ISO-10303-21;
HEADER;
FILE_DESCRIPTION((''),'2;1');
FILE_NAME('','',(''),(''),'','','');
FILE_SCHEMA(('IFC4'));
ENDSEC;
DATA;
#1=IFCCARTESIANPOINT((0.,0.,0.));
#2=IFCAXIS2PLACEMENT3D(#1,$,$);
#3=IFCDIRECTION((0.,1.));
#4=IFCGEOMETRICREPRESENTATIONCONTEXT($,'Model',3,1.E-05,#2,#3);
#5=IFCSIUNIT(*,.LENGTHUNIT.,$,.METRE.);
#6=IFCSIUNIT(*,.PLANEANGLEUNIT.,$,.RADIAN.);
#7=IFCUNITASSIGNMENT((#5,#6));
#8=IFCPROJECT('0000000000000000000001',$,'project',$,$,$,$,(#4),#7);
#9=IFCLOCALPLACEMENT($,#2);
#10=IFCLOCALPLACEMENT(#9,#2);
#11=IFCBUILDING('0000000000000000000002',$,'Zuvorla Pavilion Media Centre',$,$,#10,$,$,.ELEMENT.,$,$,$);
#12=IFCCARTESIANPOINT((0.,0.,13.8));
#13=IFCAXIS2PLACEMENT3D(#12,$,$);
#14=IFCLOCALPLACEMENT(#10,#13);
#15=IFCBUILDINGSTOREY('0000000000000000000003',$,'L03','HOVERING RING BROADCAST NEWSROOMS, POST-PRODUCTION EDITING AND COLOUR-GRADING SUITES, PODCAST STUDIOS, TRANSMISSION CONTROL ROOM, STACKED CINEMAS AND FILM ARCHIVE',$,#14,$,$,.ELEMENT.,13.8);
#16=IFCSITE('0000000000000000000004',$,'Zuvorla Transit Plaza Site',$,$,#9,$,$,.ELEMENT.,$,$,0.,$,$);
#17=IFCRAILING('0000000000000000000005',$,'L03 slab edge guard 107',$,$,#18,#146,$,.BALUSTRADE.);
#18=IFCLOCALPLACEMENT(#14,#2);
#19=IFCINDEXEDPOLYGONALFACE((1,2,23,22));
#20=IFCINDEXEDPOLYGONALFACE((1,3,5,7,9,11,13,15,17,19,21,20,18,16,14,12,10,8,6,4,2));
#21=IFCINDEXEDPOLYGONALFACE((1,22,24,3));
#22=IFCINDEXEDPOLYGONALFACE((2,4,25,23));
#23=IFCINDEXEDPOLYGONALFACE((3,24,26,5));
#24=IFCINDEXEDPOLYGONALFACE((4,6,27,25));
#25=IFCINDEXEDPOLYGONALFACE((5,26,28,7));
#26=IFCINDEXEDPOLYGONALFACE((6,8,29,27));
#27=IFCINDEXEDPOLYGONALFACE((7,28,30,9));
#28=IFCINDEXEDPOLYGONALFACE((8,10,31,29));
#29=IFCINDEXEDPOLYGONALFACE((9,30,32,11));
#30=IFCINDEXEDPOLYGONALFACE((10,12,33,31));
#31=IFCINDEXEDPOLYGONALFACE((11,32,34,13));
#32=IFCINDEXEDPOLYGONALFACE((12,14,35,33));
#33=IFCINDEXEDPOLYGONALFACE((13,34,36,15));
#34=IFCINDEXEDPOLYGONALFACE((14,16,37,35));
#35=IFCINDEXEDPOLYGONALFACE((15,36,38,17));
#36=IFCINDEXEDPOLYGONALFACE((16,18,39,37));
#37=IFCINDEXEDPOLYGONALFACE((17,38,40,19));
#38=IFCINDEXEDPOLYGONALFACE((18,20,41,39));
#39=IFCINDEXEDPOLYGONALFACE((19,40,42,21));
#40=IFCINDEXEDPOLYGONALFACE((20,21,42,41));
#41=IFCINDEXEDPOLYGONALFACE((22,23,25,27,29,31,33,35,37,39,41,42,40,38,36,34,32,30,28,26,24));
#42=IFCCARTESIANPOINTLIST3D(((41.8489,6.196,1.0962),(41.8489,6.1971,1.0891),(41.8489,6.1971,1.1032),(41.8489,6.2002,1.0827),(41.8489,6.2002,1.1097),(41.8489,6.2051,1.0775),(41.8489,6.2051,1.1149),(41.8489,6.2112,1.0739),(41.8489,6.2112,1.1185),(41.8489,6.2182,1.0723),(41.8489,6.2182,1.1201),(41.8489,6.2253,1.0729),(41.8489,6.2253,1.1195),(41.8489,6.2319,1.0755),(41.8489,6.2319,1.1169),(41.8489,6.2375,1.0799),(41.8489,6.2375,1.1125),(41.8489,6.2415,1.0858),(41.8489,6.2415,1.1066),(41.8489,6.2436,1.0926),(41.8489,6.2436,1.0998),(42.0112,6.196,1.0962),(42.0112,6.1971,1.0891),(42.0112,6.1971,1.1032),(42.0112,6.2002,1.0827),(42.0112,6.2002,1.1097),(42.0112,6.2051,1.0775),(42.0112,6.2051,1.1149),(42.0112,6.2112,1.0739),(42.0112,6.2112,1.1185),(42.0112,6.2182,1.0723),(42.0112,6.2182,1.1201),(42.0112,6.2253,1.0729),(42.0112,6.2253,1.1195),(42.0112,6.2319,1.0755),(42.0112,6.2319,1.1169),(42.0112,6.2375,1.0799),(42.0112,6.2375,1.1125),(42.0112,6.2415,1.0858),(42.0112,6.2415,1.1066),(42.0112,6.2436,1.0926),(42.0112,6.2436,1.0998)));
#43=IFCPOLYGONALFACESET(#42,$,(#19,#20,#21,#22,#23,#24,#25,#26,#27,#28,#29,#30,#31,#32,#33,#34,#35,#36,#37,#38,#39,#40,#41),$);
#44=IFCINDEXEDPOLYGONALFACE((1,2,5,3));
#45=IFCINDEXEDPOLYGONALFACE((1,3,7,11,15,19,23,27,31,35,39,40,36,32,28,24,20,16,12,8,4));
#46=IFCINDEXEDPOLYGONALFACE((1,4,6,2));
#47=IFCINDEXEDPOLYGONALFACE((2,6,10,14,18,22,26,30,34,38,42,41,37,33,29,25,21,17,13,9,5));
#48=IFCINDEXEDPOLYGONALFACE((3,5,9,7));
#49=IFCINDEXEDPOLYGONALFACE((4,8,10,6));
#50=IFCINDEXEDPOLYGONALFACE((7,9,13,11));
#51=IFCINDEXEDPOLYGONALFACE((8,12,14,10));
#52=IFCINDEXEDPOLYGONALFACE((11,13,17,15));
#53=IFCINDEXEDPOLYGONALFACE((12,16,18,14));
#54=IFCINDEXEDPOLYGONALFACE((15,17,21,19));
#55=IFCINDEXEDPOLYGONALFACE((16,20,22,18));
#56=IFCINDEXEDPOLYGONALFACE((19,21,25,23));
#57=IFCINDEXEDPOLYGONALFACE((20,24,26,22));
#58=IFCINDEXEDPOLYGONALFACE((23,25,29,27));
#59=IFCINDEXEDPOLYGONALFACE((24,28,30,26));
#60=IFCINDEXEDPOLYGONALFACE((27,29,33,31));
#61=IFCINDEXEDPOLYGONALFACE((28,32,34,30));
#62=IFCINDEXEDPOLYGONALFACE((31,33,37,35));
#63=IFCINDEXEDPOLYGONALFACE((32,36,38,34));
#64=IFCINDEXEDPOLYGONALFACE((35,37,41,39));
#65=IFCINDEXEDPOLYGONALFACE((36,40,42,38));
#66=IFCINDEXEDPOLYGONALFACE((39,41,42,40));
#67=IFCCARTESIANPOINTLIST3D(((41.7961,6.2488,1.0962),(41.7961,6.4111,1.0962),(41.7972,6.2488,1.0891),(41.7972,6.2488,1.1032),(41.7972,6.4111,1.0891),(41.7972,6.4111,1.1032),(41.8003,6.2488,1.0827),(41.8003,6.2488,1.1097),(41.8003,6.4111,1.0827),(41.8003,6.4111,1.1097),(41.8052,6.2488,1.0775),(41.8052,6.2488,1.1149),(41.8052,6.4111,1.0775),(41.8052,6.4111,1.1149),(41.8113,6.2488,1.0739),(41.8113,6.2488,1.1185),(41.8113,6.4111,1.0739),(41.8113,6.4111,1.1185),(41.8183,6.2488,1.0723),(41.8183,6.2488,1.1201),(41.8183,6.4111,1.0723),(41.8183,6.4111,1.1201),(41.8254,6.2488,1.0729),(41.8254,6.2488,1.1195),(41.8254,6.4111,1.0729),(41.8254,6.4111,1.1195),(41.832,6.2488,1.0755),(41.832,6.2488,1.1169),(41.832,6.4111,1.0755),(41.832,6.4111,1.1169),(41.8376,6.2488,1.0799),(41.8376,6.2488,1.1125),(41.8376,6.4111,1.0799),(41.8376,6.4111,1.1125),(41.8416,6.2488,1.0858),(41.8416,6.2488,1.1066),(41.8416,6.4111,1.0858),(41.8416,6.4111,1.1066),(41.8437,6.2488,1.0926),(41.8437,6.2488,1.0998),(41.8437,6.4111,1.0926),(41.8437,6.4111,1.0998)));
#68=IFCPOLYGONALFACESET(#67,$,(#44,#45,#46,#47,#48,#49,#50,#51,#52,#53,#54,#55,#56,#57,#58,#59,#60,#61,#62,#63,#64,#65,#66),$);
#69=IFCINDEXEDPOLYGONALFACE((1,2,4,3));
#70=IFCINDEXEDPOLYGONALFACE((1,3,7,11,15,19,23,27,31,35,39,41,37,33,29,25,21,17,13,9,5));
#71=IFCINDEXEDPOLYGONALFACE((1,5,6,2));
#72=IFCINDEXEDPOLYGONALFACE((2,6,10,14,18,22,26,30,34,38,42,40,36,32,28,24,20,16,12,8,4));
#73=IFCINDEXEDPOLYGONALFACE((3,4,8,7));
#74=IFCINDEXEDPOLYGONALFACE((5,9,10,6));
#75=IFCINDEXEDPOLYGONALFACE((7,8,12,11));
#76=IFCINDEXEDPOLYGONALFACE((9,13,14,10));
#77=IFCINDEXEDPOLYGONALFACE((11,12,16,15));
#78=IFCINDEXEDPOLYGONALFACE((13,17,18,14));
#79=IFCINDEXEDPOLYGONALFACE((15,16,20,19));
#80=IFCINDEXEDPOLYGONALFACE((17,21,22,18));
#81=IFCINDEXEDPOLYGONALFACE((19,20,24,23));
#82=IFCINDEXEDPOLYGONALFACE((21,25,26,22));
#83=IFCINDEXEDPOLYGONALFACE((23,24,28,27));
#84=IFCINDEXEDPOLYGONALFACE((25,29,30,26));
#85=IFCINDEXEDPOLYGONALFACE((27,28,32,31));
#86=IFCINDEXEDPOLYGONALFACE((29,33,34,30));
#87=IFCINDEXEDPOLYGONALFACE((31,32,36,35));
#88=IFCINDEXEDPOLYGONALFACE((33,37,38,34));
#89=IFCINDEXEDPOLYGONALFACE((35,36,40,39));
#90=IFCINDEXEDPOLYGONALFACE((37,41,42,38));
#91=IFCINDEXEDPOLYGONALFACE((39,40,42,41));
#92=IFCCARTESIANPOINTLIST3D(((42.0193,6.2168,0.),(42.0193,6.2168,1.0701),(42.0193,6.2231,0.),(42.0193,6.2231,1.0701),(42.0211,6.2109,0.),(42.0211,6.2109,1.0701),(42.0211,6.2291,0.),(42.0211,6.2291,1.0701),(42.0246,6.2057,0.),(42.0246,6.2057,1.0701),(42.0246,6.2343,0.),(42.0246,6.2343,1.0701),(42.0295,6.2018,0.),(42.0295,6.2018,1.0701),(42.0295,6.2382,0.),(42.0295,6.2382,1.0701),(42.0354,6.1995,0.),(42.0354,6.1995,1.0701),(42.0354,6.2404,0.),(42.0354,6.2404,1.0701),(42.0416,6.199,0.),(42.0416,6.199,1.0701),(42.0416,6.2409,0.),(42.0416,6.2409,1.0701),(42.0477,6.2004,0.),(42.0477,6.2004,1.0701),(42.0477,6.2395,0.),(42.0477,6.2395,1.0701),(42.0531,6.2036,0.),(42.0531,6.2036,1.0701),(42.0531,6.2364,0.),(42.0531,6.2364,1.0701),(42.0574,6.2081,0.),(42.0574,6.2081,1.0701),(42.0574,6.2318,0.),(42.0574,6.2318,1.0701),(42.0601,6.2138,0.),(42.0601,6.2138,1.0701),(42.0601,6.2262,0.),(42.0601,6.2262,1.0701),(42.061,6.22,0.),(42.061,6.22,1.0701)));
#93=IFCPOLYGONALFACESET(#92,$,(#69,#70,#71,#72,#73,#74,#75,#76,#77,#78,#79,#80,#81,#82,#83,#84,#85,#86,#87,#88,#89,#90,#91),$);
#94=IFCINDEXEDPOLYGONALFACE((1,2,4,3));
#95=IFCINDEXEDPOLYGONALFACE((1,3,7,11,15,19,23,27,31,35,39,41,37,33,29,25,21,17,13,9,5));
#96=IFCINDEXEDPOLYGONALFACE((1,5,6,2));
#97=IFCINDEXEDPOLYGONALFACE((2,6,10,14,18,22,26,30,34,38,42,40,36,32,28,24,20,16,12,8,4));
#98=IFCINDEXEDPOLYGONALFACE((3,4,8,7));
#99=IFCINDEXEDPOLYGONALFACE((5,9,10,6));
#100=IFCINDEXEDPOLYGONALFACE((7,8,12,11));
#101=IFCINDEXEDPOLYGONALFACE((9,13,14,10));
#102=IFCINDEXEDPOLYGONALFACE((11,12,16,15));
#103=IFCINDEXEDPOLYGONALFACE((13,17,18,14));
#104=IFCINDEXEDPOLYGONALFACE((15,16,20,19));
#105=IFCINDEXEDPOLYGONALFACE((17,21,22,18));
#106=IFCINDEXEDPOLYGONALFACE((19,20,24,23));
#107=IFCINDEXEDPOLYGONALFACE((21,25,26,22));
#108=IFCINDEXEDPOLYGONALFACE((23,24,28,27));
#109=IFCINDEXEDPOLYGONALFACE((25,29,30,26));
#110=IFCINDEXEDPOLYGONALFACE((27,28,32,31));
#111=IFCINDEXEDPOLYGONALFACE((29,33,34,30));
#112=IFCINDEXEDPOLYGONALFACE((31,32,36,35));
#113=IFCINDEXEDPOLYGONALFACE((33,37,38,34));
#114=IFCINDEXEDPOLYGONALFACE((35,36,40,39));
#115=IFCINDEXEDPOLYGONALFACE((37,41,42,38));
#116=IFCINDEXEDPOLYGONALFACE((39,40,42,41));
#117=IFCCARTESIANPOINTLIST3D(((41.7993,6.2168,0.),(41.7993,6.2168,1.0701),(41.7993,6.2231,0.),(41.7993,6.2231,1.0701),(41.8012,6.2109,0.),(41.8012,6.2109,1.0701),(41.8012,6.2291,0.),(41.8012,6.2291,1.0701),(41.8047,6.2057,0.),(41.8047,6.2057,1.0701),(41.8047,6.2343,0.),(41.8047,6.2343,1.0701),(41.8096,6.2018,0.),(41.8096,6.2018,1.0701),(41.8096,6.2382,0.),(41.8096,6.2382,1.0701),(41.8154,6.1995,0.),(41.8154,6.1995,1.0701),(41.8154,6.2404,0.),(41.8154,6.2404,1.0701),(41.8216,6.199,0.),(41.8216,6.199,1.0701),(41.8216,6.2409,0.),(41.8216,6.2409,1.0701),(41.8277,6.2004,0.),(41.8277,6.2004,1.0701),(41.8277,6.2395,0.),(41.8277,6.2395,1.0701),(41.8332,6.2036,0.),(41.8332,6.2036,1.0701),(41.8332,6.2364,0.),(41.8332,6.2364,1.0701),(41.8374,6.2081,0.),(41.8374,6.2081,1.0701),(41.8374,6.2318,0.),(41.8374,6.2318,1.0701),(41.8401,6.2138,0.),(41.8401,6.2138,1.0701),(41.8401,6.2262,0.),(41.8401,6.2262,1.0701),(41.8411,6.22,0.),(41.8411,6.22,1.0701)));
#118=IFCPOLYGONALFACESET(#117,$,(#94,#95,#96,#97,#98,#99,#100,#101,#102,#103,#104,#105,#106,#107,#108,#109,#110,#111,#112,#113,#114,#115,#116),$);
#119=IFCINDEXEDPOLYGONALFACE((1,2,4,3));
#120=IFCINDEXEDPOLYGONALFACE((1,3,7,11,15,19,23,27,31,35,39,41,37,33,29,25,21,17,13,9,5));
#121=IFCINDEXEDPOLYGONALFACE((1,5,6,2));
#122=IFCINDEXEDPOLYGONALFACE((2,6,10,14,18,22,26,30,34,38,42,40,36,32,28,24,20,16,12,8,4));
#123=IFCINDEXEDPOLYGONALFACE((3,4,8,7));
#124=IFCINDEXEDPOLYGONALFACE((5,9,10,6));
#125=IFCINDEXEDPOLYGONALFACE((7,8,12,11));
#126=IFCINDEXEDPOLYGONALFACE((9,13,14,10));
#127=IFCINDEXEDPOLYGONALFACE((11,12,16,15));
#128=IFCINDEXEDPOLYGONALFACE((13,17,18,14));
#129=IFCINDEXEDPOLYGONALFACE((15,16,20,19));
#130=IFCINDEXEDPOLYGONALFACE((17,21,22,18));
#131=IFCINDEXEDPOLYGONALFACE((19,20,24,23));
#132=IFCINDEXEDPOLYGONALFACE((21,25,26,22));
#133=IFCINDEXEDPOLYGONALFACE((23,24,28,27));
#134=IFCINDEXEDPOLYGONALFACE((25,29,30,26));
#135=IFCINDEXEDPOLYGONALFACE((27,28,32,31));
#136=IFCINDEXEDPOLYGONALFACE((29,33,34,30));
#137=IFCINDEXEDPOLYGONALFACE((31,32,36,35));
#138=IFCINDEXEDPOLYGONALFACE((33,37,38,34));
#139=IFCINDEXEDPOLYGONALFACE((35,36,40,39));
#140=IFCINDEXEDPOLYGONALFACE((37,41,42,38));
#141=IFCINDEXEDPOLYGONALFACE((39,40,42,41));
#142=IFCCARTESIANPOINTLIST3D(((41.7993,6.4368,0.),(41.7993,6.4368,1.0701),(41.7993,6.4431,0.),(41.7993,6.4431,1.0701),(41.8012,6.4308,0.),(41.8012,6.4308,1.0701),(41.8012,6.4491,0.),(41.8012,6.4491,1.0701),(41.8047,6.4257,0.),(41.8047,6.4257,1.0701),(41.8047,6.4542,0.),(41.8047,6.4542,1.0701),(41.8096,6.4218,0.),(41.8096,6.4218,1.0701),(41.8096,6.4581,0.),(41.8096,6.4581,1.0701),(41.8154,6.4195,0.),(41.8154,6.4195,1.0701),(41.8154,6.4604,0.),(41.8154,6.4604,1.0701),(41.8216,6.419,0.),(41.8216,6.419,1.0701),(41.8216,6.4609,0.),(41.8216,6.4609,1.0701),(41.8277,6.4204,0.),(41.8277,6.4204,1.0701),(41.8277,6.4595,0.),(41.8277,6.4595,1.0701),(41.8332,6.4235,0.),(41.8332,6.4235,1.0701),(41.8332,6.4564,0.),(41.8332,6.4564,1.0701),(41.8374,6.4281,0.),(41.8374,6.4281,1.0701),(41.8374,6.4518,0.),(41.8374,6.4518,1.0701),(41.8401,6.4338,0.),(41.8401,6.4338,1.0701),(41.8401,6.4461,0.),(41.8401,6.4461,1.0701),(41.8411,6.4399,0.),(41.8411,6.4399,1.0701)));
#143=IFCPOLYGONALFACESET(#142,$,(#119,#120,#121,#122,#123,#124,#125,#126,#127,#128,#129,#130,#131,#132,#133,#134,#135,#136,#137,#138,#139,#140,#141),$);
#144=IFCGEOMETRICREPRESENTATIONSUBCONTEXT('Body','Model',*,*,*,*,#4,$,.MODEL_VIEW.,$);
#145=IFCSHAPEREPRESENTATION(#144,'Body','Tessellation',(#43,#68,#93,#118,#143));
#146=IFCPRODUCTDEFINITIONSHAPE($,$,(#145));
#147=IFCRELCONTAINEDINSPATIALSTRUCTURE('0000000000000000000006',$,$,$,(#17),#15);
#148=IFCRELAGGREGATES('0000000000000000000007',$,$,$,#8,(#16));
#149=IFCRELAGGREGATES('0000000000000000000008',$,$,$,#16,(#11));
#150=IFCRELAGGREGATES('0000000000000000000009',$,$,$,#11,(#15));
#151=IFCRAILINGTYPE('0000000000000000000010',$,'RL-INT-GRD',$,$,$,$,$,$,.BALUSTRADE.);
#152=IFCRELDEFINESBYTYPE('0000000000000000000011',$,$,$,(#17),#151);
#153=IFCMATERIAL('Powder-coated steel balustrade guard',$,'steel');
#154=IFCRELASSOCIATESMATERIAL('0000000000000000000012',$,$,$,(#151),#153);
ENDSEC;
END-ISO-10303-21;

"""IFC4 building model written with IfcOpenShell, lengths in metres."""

from ifc_helpers import new_model, si_unit, direction, frame, origin, origin_2d, place, context, subcontext, project, spatial, circle, extrude, material, type_object, element, save


model = new_model("IFC4")

# Units and contexts
model_context = context("Model", 3, precision=1e-05, world=origin(), true_north=direction((0.0, 1.0)))
body_context = subcontext(model_context, "Body", "Model", "MODEL_VIEW")
ifc_project = project(units=[si_unit("LENGTHUNIT", "METRE"), si_unit("PLANEANGLEUNIT", "RADIAN")], contexts=[model_context])

# Site, building, storey
site_placement = place(None, origin())
site = spatial("IfcSite", under=ifc_project, at=site_placement, Name="Zuvorla Transit Plaza Site", CompositionType="ELEMENT", RefElevation=0.0)
building_placement = place(site_placement, origin())
building = spatial("IfcBuilding", under=site, at=building_placement, Name="Zuvorla Pavilion Media Centre", CompositionType="ELEMENT")
storey_placement = place(building_placement, frame((0.0, 0.0, 13.8)))
storey = spatial("IfcBuildingStorey", under=building, at=storey_placement, Name="L03", Description="HOVERING RING BROADCAST NEWSROOMS, POST-PRODUCTION EDITING AND COLOUR-GRADING SUITES, PODCAST STUDIOS, TRANSMISSION CONTROL ROOM, STACKED CINEMAS AND FILM ARCHIVE", CompositionType="ELEMENT", Elevation=13.8)

# Railing
ifc_material_1 = material(Name="Powder-coated steel balustrade guard", Category="steel")
railing_type = type_object("IfcRailingType", Name="RL-INT-GRD", PredefinedType="BALUSTRADE", material=ifc_material_1)
railing_1_placement = place(storey_placement, frame((42.04, 6.22, 0.0)))
element("IfcRailing", 1, at=railing_1_placement, inside=storey, type_object=railing_type, Name="L03 slab edge guard 107", PredefinedType="BALUSTRADE", context=body_context, shape_type="SweptSolid", body=[
    extrude(circle(Radius=0.0239, at=origin_2d()), frame((-0.0288, 0.0, 1.0962), z_axis=(-1.0, 0.0, 0.0), x_axis=(0.0, -1.0, 0.0)), (0.0, 0.0, 1.0), 0.1624),
    extrude(circle(Radius=0.0239, at=origin_2d()), frame((-0.22, 0.0288, 1.0962), z_axis=(0.0, 1.0, 0.0), x_axis=(-1.0, 0.0, 0.0)), (0.0, 0.0, 1.0), 0.1624),
    extrude(circle(Radius=0.021, at=origin_2d()), origin(), (0.0, 0.0, 1.0), 1.0701),
    extrude(circle(Radius=0.021, at=origin_2d()), frame((-0.22, 0.0, 0.0)), (0.0, 0.0, 1.0), 1.0701),
    extrude(circle(Radius=0.021, at=origin_2d()), frame((-0.22, 0.22, 0.0)), (0.0, 0.0, 1.0), 1.0701),
])

save(model, "model.ifc")
